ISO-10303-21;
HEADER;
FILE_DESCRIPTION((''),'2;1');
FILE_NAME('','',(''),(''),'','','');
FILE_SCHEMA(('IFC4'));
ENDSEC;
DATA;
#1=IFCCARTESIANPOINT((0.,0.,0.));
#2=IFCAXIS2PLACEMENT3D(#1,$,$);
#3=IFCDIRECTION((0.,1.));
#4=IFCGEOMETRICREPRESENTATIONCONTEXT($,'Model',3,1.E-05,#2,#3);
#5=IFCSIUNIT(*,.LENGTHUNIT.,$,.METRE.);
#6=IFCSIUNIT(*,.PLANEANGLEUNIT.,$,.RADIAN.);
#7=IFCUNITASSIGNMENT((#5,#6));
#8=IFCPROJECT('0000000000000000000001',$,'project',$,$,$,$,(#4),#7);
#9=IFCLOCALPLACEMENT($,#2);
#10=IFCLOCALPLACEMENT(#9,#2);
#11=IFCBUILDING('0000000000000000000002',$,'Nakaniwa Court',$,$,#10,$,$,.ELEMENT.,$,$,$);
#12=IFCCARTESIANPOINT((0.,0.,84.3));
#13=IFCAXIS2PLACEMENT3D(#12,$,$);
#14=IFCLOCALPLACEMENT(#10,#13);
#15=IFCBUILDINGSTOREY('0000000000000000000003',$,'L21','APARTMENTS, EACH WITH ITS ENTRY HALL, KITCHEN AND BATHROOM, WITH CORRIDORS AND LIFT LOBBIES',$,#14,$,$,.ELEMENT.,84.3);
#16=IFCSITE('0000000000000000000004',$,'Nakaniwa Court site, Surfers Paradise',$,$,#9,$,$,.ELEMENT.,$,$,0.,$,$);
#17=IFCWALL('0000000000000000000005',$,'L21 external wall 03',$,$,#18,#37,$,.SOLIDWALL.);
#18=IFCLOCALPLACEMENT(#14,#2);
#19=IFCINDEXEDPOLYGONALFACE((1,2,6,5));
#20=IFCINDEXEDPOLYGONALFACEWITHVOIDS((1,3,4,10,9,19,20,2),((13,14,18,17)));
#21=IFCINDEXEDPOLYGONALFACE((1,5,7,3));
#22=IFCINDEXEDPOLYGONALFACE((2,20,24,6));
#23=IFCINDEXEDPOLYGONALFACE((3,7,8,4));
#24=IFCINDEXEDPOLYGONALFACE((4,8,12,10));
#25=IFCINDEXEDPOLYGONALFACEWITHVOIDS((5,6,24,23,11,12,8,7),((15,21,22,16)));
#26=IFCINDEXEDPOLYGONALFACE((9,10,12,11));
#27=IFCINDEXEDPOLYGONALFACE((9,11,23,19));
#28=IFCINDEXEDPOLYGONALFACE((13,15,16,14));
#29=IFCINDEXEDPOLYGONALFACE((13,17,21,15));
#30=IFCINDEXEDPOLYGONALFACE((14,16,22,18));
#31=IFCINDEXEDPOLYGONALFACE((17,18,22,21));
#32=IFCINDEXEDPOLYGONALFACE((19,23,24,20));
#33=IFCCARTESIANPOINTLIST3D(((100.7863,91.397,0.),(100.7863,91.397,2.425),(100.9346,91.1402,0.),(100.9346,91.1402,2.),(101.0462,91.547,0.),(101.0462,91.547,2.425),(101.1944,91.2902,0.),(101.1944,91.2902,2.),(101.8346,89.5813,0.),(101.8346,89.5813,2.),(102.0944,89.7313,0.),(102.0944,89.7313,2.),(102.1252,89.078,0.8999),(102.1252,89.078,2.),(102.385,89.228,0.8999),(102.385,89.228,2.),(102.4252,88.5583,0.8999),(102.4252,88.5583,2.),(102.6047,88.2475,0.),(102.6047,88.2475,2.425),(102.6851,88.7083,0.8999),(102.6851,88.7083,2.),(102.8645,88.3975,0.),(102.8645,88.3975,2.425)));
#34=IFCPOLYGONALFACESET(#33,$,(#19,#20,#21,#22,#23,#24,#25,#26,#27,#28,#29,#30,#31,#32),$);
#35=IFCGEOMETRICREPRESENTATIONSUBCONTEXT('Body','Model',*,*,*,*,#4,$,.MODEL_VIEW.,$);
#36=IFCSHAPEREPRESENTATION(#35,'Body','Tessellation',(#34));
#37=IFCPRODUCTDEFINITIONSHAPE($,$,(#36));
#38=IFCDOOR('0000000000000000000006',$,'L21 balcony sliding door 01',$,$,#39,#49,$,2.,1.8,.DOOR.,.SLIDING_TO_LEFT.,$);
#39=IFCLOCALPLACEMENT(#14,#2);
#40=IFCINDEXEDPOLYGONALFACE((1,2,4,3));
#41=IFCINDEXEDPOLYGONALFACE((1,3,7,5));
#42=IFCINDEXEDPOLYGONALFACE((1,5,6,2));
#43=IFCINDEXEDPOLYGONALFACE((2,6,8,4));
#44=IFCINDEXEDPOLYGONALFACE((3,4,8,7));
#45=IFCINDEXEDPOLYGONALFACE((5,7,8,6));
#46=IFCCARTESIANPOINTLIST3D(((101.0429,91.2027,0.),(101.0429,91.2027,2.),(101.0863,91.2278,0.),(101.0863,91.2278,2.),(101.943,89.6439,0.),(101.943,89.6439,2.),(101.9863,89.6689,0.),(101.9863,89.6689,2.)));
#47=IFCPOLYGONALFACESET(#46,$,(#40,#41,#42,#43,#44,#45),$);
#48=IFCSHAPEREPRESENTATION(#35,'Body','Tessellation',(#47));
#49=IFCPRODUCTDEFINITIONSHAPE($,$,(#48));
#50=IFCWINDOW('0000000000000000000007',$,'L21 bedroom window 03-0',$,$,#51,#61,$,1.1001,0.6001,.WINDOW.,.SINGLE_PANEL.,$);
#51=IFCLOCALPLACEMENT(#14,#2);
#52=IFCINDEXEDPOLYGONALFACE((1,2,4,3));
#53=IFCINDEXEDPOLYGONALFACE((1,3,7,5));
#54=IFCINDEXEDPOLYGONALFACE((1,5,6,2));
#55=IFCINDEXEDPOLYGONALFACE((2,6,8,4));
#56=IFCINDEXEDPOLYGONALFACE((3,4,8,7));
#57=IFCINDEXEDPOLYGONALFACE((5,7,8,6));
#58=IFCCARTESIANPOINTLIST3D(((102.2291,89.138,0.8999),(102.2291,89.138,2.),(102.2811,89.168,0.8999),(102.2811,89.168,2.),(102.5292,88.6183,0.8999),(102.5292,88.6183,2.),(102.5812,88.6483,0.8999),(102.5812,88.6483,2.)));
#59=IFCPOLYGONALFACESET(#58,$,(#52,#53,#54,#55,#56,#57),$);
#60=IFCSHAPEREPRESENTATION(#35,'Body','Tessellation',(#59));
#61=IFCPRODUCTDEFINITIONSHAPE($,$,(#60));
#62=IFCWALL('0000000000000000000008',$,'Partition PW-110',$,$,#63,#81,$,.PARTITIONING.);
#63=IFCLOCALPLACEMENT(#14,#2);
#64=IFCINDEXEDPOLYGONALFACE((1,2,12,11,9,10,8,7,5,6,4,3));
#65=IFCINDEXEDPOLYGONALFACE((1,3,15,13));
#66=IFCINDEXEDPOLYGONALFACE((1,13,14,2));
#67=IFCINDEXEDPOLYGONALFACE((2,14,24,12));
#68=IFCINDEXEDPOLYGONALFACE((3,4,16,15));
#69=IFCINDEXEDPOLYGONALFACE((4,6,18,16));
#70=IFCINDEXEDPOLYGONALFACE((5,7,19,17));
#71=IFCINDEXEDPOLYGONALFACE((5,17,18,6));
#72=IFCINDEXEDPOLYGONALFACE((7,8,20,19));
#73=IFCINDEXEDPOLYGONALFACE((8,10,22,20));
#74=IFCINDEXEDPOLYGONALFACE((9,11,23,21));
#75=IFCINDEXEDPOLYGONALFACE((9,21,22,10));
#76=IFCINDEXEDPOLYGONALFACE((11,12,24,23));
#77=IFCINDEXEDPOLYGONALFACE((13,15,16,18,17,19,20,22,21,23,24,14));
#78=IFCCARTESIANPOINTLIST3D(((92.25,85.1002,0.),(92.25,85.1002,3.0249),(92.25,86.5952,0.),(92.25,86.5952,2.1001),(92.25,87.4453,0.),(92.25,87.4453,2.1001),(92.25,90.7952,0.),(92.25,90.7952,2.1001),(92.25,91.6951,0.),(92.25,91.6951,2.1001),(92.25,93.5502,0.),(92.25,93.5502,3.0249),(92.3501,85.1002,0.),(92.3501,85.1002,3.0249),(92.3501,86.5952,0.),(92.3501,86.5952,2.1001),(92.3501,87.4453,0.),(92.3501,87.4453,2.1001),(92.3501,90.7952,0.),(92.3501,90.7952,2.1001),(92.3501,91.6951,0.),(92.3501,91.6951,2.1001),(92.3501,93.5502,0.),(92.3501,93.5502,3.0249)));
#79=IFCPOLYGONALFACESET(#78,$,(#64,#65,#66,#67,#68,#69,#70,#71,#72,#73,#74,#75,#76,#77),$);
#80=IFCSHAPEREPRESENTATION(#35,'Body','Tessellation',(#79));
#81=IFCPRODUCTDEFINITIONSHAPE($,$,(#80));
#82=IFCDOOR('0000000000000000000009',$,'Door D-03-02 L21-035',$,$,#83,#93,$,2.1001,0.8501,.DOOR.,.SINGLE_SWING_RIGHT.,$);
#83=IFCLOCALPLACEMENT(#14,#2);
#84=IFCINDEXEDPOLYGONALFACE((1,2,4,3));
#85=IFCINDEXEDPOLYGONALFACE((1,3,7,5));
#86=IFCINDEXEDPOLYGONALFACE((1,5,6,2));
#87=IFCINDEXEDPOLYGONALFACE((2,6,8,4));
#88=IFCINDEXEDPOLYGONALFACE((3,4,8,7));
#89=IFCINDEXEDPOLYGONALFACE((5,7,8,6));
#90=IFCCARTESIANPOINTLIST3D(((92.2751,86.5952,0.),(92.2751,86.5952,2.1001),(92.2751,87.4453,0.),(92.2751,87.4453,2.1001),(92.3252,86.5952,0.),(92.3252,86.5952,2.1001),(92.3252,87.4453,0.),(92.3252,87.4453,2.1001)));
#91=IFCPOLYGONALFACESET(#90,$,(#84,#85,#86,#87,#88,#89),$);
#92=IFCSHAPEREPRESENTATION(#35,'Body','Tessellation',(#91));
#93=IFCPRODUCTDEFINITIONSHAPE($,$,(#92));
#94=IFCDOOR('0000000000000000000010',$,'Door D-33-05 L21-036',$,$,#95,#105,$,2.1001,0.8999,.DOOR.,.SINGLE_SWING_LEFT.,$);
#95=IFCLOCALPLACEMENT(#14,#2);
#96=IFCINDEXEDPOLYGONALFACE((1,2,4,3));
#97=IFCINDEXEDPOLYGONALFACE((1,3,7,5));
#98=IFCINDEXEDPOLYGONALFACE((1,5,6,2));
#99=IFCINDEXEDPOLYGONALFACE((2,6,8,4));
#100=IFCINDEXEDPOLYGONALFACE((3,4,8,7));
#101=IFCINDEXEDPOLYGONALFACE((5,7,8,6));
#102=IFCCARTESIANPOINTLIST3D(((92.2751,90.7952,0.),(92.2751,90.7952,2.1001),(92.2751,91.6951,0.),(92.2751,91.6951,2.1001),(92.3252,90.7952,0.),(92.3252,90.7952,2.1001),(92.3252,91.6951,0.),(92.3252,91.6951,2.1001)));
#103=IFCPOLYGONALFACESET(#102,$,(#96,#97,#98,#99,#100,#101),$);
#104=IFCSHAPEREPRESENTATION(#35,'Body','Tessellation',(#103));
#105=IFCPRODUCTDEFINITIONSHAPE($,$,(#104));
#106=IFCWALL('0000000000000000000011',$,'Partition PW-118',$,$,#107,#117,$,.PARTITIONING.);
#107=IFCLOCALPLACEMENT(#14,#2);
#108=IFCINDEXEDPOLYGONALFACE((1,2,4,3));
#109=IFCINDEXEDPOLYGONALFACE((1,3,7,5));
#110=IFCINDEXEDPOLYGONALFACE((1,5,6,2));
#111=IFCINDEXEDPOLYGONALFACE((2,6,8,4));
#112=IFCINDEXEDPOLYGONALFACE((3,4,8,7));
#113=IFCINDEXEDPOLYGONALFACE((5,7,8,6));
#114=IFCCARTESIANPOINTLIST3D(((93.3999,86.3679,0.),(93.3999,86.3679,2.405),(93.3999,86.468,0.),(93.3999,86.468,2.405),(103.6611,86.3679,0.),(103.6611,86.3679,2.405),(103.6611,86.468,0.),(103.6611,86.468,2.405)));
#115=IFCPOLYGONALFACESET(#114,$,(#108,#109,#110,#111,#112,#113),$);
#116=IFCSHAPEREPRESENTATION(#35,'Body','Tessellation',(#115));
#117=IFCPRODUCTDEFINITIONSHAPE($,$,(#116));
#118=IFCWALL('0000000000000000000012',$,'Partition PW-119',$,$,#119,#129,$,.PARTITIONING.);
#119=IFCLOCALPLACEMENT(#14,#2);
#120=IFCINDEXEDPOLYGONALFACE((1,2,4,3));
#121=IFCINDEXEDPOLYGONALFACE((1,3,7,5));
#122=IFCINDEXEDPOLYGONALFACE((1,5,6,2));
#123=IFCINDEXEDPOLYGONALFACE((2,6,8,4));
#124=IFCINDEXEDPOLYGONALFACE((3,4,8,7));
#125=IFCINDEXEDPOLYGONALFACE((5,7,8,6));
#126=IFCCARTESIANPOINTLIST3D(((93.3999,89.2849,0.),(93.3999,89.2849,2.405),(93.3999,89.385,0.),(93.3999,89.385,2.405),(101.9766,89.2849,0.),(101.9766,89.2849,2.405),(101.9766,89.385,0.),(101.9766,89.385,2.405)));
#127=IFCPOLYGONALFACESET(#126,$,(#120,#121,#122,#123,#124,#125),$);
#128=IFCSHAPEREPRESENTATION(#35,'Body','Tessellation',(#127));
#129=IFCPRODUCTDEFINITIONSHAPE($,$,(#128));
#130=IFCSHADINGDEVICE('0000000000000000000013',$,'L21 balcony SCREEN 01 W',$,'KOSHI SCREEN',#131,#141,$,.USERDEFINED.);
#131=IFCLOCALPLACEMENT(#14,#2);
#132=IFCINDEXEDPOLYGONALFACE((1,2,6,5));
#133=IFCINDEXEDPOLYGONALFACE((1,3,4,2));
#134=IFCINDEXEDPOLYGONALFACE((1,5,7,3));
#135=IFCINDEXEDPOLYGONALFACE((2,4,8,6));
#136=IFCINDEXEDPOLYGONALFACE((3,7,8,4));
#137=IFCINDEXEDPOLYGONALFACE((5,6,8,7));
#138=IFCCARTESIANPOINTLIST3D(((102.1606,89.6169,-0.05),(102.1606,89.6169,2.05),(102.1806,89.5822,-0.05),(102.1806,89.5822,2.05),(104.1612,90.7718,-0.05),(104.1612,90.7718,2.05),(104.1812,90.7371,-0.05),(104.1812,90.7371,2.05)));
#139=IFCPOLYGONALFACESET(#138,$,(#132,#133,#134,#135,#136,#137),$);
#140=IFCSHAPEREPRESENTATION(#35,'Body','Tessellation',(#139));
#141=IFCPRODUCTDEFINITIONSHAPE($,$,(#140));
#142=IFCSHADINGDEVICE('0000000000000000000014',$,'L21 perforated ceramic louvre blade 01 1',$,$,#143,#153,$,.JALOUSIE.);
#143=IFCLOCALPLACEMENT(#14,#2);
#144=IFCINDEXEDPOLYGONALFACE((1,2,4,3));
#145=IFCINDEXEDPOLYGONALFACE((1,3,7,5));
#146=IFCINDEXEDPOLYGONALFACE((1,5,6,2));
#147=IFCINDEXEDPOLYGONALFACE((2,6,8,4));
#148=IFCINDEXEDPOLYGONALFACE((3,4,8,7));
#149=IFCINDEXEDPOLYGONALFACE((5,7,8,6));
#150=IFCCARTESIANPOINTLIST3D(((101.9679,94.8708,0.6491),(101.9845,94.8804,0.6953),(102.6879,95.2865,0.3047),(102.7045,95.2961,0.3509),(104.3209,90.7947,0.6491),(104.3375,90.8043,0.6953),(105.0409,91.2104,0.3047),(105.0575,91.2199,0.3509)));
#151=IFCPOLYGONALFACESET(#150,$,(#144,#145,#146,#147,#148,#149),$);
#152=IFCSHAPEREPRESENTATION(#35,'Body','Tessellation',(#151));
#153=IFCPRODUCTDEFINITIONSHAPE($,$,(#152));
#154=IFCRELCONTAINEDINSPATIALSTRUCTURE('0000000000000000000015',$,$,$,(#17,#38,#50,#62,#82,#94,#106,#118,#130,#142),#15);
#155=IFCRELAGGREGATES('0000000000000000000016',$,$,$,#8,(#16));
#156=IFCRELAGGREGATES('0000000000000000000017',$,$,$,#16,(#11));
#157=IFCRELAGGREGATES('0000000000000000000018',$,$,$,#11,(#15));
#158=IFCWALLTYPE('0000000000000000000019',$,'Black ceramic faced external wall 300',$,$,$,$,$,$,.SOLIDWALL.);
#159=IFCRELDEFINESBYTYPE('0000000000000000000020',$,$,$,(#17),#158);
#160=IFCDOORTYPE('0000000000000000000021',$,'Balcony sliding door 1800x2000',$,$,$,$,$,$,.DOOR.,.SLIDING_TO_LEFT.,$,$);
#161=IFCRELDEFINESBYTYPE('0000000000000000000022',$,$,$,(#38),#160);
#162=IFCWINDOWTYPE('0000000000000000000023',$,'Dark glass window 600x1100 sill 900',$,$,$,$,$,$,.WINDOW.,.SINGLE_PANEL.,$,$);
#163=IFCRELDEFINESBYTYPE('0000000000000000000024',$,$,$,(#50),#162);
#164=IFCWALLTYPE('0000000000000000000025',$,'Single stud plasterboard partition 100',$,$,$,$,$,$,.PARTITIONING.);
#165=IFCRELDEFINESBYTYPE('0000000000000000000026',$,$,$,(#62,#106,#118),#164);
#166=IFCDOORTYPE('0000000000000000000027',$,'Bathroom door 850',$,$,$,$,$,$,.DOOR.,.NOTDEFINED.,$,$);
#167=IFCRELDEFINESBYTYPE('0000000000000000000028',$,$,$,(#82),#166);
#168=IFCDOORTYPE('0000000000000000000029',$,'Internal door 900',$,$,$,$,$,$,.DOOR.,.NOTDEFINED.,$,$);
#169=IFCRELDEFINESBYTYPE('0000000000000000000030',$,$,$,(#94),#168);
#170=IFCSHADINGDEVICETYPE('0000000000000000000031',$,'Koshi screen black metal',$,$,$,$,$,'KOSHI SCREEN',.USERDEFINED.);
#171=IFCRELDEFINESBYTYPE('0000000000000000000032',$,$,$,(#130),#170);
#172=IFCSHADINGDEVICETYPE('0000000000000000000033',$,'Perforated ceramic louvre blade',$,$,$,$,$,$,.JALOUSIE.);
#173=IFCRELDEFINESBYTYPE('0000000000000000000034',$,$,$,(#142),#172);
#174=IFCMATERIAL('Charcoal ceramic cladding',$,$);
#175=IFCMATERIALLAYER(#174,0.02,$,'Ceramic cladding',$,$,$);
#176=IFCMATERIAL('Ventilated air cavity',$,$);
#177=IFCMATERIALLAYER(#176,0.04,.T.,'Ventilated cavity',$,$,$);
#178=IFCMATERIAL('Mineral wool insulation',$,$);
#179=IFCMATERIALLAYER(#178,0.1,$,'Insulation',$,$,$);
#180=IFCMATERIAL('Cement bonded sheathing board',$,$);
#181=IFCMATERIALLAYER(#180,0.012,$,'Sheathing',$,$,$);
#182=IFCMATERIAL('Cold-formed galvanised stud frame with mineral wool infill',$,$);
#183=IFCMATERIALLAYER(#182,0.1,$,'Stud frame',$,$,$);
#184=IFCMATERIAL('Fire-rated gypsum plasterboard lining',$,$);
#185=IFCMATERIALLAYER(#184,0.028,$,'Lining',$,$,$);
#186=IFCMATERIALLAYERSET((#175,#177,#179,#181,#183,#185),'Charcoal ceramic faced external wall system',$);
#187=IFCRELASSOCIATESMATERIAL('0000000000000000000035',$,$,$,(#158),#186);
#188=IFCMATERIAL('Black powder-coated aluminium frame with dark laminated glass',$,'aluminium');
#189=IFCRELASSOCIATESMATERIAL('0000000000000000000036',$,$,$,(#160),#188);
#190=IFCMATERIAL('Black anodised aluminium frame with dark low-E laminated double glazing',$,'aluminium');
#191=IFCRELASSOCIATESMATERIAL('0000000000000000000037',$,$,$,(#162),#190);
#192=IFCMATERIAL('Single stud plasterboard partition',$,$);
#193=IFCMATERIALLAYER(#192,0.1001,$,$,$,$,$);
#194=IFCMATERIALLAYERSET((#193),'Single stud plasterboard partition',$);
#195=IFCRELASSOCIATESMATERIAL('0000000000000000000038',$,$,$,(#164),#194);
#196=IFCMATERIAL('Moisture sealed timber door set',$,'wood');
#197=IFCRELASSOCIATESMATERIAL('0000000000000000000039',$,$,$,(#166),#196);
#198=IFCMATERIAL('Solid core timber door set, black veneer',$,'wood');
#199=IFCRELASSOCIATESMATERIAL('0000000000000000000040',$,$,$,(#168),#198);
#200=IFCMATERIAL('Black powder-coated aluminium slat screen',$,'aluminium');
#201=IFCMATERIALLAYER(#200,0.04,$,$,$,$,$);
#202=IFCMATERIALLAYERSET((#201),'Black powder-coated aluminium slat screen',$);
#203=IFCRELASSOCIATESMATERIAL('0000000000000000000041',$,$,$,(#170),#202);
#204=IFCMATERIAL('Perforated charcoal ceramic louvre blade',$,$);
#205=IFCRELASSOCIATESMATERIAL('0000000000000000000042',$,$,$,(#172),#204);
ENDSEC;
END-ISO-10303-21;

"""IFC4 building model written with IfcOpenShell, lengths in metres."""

from ifc_helpers import new_model, si_unit, direction, frame, frame_2d, origin, origin_2d, place, context, subcontext, project, spatial, rectangle, extrude, material, layer, layer_set, material_profile, profile_set, type_object, element, fill, save


model = new_model("IFC4")

# Units and contexts
model_context = context("Model", 3, precision=1e-05, world=origin(), true_north=direction((0.0, 1.0)))
body_context = subcontext(model_context, "Body", "Model", "MODEL_VIEW")
ifc_project = project(units=[si_unit("LENGTHUNIT", "METRE"), si_unit("PLANEANGLEUNIT", "RADIAN")], contexts=[model_context])

# Site, building, storey
site_placement = place(None, origin())
site = spatial("IfcSite", under=ifc_project, at=site_placement, Name="Nakaniwa Court site, Surfers Paradise", CompositionType="ELEMENT", RefElevation=0.0)
building_placement = place(site_placement, origin())
building = spatial("IfcBuilding", under=site, at=building_placement, Name="Nakaniwa Court", CompositionType="ELEMENT")
storey_placement = place(building_placement, frame((0.0, 0.0, 84.3)))
storey = spatial("IfcBuildingStorey", under=building, at=storey_placement, Name="L21", Description="APARTMENTS, EACH WITH ITS ENTRY HALL, KITCHEN AND BATHROOM, WITH CORRIDORS AND LIFT LOBBIES", CompositionType="ELEMENT", Elevation=84.3)

# Shared definitions
ifc_material_1 = material(Name="Charcoal ceramic cladding")
ifc_layer_1 = layer(ifc_material_1, 0.02, Name="Ceramic cladding")
ifc_material_2 = material(Name="Ventilated air cavity")
ifc_layer_2 = layer(ifc_material_2, 0.04, ventilated=True, Name="Ventilated cavity")
ifc_material_3 = material(Name="Mineral wool insulation")
ifc_layer_3 = layer(ifc_material_3, 0.1, Name="Insulation")
ifc_material_4 = material(Name="Cement bonded sheathing board")
ifc_layer_4 = layer(ifc_material_4, 0.012, Name="Sheathing")
ifc_material_5 = material(Name="Cold-formed galvanised stud frame with mineral wool infill")
ifc_layer_5 = layer(ifc_material_5, 0.1, Name="Stud frame")
ifc_material_6 = material(Name="Fire-rated gypsum plasterboard lining")
ifc_layer_6 = layer(ifc_material_6, 0.028, Name="Lining")
ifc_layer_set_1 = layer_set([ifc_layer_1, ifc_layer_2, ifc_layer_3, ifc_layer_4, ifc_layer_5, ifc_layer_6], Name="Charcoal ceramic faced external wall system")
wall_type_1 = type_object("IfcWallType", Name="Black ceramic faced external wall 300", PredefinedType="SOLIDWALL", material=ifc_layer_set_1)
ifc_material_7 = material(Name="Black anodised aluminium frame with dark low-E laminated double glazing", Category="aluminium")

# Wall, openings, door, window
wall_1_placement = place(storey_placement, frame((102.7346, 88.3225, 0.0), z_axis=(0.0, 0.0, 1.0), x_axis=(-0.500009, 0.86602, 0.0)))
wall_1 = element("IfcWall", 1, at=wall_1_placement, inside=storey, type_object=wall_type_1, Name="L21 external wall 03", PredefinedType="SOLIDWALL", context=body_context, shape_type="SweptSolid", body=[
    extrude(rectangle(XDim=3.6367, YDim=0.3, at=frame_2d((1.8184, 0.0))), origin(), (0.0, 0.0, 1.0), 2.425),
])
opening_1_placement = place(wall_1_placement, frame((1.5403, 0.0, 0.0)))
opening_1 = element("IfcOpeningElement", 2, at=opening_1_placement, cuts=wall_1, PredefinedType="OPENING", context=body_context, shape_type="SweptSolid", body=[
    extrude(rectangle(XDim=1.8, YDim=2.0, at=frame_2d((0.8999, 1.0))), frame((0.0, 0.1599, 0.0), z_axis=(0.0, -1.0, 0.0), x_axis=(1.0, 0.0, 0.0)), (0.0, 0.0, 1.0), 0.3201),
])
opening_2_placement = place(wall_1_placement, frame((0.3589, 0.0, 0.8999)))
opening_2 = element("IfcOpeningElement", 3, at=opening_2_placement, cuts=wall_1, PredefinedType="OPENING", context=body_context, shape_type="SweptSolid", body=[
    extrude(rectangle(XDim=0.6001, YDim=1.1001, at=frame_2d((0.3, 0.55))), frame((0.0, 0.1599, 0.0), z_axis=(0.0, -1.0, 0.0), x_axis=(1.0, 0.0, 0.0)), (0.0, 0.0, 1.0), 0.3201),
])
ifc_material_8 = material(Name="Black powder-coated aluminium frame with dark laminated glass", Category="aluminium")
door_type_1 = type_object("IfcDoorType", Name="Balcony sliding door 1800x2000", OperationType="SLIDING_TO_LEFT", PredefinedType="DOOR", material=ifc_material_8)
door_1_placement = place(opening_1_placement, origin())
door_1 = element("IfcDoor", 4, at=door_1_placement, inside=storey, type_object=door_type_1, Name="L21 balcony sliding door 01", OperationType="SLIDING_TO_LEFT", OverallHeight=2.0, OverallWidth=1.8, PredefinedType="DOOR", context=body_context, shape_type="SweptSolid", body=[
    extrude(rectangle(XDim=1.8, YDim=2.0, at=frame_2d((0.8999, 1.0))), frame((0.0, 0.0249, 0.0), z_axis=(0.0, -1.0, 0.0), x_axis=(1.0, 0.0, 0.0)), (0.0, 0.0, 1.0), 0.05),
])
fill(opening_1, door_1)
window_type_1 = type_object("IfcWindowType", Name="Dark glass window 600x1100 sill 900", PartitioningType="SINGLE_PANEL", PredefinedType="WINDOW", material=ifc_material_7)
window_1_placement = place(opening_2_placement, origin())
window_1 = element("IfcWindow", 5, at=window_1_placement, inside=storey, type_object=window_type_1, Name="L21 bedroom window 03-0", OverallHeight=1.1001, OverallWidth=0.6001, PartitioningType="SINGLE_PANEL", PredefinedType="WINDOW", context=body_context, shape_type="SweptSolid", body=[
    extrude(rectangle(XDim=0.6001, YDim=1.1001, at=frame_2d((0.3, 0.55))), frame((0.0, 0.03, 0.0), z_axis=(0.0, -1.0, 0.0), x_axis=(1.0, 0.0, 0.0)), (0.0, 0.0, 1.0), 0.0601),
])
fill(opening_2, window_1)

# Wall, openings, doors
ifc_material_9 = material(Name="Single stud plasterboard partition")
ifc_layer_7 = layer(ifc_material_9, 0.1001)
ifc_layer_set_2 = layer_set([ifc_layer_7], Name="Single stud plasterboard partition")
wall_type_2 = type_object("IfcWallType", Name="Single stud plasterboard partition 100", PredefinedType="PARTITIONING", material=ifc_layer_set_2)
wall_2_placement = place(storey_placement, frame((92.3, 85.1001, 0.0), z_axis=(0.0, 0.0, 1.0), x_axis=(0.0, 1.0, 0.0)))
wall_2 = element("IfcWall", 6, at=wall_2_placement, inside=storey, type_object=wall_type_2, Name="Partition PW-110", PredefinedType="PARTITIONING", context=body_context, shape_type="SweptSolid", body=[
    extrude(rectangle(XDim=8.45, YDim=0.1001, at=frame_2d((4.2251, 0.0))), origin(), (0.0, 0.0, 1.0), 3.0249),
])
opening_3_placement = place(wall_2_placement, frame((1.4951, 0.0, 0.0)))
opening_3 = element("IfcOpeningElement", 7, at=opening_3_placement, cuts=wall_2, PredefinedType="OPENING", context=body_context, shape_type="SweptSolid", body=[
    extrude(rectangle(XDim=0.8501, YDim=2.1001, at=frame_2d((0.425, 1.05))), frame((0.0, 0.0601, 0.0), z_axis=(0.0, -1.0, 0.0), x_axis=(1.0, 0.0, 0.0)), (0.0, 0.0, 1.0), 0.1201),
])
opening_4_placement = place(wall_2_placement, frame((5.6951, 0.0, 0.0)))
opening_4 = element("IfcOpeningElement", 8, at=opening_4_placement, cuts=wall_2, PredefinedType="OPENING", context=body_context, shape_type="SweptSolid", body=[
    extrude(rectangle(XDim=0.8999, YDim=2.1001, at=frame_2d((0.45, 1.05))), frame((0.0, 0.0601, 0.0), z_axis=(0.0, -1.0, 0.0), x_axis=(1.0, 0.0, 0.0)), (0.0, 0.0, 1.0), 0.1201),
])
ifc_material_10 = material(Name="Moisture sealed timber door set", Category="wood")
door_type_2 = type_object("IfcDoorType", Name="Bathroom door 850", OperationType="NOTDEFINED", PredefinedType="DOOR", material=ifc_material_10)
door_2_placement = place(opening_3_placement, origin())
door_2 = element("IfcDoor", 9, at=door_2_placement, inside=storey, type_object=door_type_2, Name="Door D-03-02 L21-035", OperationType="SINGLE_SWING_RIGHT", OverallHeight=2.1001, OverallWidth=0.8501, PredefinedType="DOOR", context=body_context, shape_type="SweptSolid", body=[
    extrude(rectangle(XDim=0.8501, YDim=2.1001, at=frame_2d((0.425, 1.05))), frame((0.0, 0.0249, 0.0), z_axis=(0.0, -1.0, 0.0), x_axis=(1.0, 0.0, 0.0)), (0.0, 0.0, 1.0), 0.05),
])
fill(opening_3, door_2)
ifc_material_11 = material(Name="Solid core timber door set, black veneer", Category="wood")
door_type_3 = type_object("IfcDoorType", Name="Internal door 900", OperationType="NOTDEFINED", PredefinedType="DOOR", material=ifc_material_11)
door_3_placement = place(opening_4_placement, origin())
door_3 = element("IfcDoor", 10, at=door_3_placement, inside=storey, type_object=door_type_3, Name="Door D-33-05 L21-036", OperationType="SINGLE_SWING_LEFT", OverallHeight=2.1001, OverallWidth=0.8999, PredefinedType="DOOR", context=body_context, shape_type="SweptSolid", body=[
    extrude(rectangle(XDim=0.8999, YDim=2.1001, at=frame_2d((0.45, 1.05))), frame((0.0, 0.0249, 0.0), z_axis=(0.0, -1.0, 0.0), x_axis=(1.0, 0.0, 0.0)), (0.0, 0.0, 1.0), 0.05),
])
fill(opening_4, door_3)

# Walls
wall_3_placement = place(storey_placement, frame((93.3999, 86.418, 0.0), z_axis=(0.0, 0.0, 1.0), x_axis=(1.0, 0.0, 0.0)))
element("IfcWall", 11, at=wall_3_placement, inside=storey, type_object=wall_type_2, Name="Partition PW-118", PredefinedType="PARTITIONING", context=body_context, shape_type="SweptSolid", body=[
    extrude(rectangle(XDim=10.2612, YDim=0.1001, at=frame_2d((5.1306, 0.0))), origin(), (0.0, 0.0, 1.0), 2.405),
])
wall_4_placement = place(storey_placement, frame((93.3999, 89.335, 0.0), z_axis=(0.0, 0.0, 1.0), x_axis=(1.0, 0.0, 0.0)))
element("IfcWall", 12, at=wall_4_placement, inside=storey, type_object=wall_type_2, Name="Partition PW-119", PredefinedType="PARTITIONING", context=body_context, shape_type="SweptSolid", body=[
    extrude(rectangle(XDim=8.5767, YDim=0.1001, at=frame_2d((4.2883, 0.0))), origin(), (0.0, 0.0, 1.0), 2.405),
])

# Shading devices
ifc_material_12 = material(Name="Black powder-coated aluminium slat screen", Category="aluminium")
ifc_layer_8 = layer(ifc_material_12, 0.04)
ifc_layer_set_3 = layer_set([ifc_layer_8], Name="Black powder-coated aluminium slat screen")
shading_device_type_1 = type_object("IfcShadingDeviceType", Name="Koshi screen black metal", ElementType="KOSHI SCREEN", PredefinedType="USERDEFINED", material=ifc_layer_set_3)
shading_device_placement = place(storey_placement, frame((103.1709, 90.177, -0.05), z_axis=(0.0, 0.0, 1.0), x_axis=(-0.499974, 0.86604, 0.0)))
element("IfcShadingDevice", 13, at=shading_device_placement, inside=storey, type_object=shading_device_type_1, Name="L21 balcony SCREEN 01 W", ObjectType="KOSHI SCREEN", PredefinedType="USERDEFINED", context=body_context, shape_type="SweptSolid", body=[
    extrude(rectangle(XDim=0.04, YDim=2.3101, at=origin_2d()), origin(), (0.0, 0.0, 1.0), 2.1001),
])
ifc_material_13 = material(Name="Perforated charcoal ceramic louvre blade")
ifc_material_profile_1 = material_profile(ifc_material_13, rectangle(XDim=0.8999, YDim=0.05, at=origin_2d()), Name="Perforated ceramic louvre blade")
ifc_profile_set_1 = profile_set([ifc_material_profile_1], Name="Perforated charcoal ceramic louvre blade")
shading_device_type_2 = type_object("IfcShadingDeviceType", Name="Perforated ceramic louvre blade", PredefinedType="JALOUSIE", material=ifc_profile_set_1)
for number, where, z_axis, x_axis, name in (
    (14, (104.6892, 91.0073, 0.5), (-0.499944, 0.866058, 0.0), (-0.800133, -0.461888, 0.382683), "L21 perforated ceramic louvre blade 01 1"),
):
    element("IfcShadingDevice", number, at=place(storey_placement, frame(where, z_axis=z_axis, x_axis=x_axis)), inside=storey, type_object=shading_device_type_2, Name=name, PredefinedType="JALOUSIE", context=body_context, shape_type="SweptSolid", body=[
        extrude(rectangle(XDim=0.8999, YDim=0.05, at=origin_2d()), origin(), (0.0, 0.0, 1.0), 4.7065),
    ])

save(model, "model.ifc")
